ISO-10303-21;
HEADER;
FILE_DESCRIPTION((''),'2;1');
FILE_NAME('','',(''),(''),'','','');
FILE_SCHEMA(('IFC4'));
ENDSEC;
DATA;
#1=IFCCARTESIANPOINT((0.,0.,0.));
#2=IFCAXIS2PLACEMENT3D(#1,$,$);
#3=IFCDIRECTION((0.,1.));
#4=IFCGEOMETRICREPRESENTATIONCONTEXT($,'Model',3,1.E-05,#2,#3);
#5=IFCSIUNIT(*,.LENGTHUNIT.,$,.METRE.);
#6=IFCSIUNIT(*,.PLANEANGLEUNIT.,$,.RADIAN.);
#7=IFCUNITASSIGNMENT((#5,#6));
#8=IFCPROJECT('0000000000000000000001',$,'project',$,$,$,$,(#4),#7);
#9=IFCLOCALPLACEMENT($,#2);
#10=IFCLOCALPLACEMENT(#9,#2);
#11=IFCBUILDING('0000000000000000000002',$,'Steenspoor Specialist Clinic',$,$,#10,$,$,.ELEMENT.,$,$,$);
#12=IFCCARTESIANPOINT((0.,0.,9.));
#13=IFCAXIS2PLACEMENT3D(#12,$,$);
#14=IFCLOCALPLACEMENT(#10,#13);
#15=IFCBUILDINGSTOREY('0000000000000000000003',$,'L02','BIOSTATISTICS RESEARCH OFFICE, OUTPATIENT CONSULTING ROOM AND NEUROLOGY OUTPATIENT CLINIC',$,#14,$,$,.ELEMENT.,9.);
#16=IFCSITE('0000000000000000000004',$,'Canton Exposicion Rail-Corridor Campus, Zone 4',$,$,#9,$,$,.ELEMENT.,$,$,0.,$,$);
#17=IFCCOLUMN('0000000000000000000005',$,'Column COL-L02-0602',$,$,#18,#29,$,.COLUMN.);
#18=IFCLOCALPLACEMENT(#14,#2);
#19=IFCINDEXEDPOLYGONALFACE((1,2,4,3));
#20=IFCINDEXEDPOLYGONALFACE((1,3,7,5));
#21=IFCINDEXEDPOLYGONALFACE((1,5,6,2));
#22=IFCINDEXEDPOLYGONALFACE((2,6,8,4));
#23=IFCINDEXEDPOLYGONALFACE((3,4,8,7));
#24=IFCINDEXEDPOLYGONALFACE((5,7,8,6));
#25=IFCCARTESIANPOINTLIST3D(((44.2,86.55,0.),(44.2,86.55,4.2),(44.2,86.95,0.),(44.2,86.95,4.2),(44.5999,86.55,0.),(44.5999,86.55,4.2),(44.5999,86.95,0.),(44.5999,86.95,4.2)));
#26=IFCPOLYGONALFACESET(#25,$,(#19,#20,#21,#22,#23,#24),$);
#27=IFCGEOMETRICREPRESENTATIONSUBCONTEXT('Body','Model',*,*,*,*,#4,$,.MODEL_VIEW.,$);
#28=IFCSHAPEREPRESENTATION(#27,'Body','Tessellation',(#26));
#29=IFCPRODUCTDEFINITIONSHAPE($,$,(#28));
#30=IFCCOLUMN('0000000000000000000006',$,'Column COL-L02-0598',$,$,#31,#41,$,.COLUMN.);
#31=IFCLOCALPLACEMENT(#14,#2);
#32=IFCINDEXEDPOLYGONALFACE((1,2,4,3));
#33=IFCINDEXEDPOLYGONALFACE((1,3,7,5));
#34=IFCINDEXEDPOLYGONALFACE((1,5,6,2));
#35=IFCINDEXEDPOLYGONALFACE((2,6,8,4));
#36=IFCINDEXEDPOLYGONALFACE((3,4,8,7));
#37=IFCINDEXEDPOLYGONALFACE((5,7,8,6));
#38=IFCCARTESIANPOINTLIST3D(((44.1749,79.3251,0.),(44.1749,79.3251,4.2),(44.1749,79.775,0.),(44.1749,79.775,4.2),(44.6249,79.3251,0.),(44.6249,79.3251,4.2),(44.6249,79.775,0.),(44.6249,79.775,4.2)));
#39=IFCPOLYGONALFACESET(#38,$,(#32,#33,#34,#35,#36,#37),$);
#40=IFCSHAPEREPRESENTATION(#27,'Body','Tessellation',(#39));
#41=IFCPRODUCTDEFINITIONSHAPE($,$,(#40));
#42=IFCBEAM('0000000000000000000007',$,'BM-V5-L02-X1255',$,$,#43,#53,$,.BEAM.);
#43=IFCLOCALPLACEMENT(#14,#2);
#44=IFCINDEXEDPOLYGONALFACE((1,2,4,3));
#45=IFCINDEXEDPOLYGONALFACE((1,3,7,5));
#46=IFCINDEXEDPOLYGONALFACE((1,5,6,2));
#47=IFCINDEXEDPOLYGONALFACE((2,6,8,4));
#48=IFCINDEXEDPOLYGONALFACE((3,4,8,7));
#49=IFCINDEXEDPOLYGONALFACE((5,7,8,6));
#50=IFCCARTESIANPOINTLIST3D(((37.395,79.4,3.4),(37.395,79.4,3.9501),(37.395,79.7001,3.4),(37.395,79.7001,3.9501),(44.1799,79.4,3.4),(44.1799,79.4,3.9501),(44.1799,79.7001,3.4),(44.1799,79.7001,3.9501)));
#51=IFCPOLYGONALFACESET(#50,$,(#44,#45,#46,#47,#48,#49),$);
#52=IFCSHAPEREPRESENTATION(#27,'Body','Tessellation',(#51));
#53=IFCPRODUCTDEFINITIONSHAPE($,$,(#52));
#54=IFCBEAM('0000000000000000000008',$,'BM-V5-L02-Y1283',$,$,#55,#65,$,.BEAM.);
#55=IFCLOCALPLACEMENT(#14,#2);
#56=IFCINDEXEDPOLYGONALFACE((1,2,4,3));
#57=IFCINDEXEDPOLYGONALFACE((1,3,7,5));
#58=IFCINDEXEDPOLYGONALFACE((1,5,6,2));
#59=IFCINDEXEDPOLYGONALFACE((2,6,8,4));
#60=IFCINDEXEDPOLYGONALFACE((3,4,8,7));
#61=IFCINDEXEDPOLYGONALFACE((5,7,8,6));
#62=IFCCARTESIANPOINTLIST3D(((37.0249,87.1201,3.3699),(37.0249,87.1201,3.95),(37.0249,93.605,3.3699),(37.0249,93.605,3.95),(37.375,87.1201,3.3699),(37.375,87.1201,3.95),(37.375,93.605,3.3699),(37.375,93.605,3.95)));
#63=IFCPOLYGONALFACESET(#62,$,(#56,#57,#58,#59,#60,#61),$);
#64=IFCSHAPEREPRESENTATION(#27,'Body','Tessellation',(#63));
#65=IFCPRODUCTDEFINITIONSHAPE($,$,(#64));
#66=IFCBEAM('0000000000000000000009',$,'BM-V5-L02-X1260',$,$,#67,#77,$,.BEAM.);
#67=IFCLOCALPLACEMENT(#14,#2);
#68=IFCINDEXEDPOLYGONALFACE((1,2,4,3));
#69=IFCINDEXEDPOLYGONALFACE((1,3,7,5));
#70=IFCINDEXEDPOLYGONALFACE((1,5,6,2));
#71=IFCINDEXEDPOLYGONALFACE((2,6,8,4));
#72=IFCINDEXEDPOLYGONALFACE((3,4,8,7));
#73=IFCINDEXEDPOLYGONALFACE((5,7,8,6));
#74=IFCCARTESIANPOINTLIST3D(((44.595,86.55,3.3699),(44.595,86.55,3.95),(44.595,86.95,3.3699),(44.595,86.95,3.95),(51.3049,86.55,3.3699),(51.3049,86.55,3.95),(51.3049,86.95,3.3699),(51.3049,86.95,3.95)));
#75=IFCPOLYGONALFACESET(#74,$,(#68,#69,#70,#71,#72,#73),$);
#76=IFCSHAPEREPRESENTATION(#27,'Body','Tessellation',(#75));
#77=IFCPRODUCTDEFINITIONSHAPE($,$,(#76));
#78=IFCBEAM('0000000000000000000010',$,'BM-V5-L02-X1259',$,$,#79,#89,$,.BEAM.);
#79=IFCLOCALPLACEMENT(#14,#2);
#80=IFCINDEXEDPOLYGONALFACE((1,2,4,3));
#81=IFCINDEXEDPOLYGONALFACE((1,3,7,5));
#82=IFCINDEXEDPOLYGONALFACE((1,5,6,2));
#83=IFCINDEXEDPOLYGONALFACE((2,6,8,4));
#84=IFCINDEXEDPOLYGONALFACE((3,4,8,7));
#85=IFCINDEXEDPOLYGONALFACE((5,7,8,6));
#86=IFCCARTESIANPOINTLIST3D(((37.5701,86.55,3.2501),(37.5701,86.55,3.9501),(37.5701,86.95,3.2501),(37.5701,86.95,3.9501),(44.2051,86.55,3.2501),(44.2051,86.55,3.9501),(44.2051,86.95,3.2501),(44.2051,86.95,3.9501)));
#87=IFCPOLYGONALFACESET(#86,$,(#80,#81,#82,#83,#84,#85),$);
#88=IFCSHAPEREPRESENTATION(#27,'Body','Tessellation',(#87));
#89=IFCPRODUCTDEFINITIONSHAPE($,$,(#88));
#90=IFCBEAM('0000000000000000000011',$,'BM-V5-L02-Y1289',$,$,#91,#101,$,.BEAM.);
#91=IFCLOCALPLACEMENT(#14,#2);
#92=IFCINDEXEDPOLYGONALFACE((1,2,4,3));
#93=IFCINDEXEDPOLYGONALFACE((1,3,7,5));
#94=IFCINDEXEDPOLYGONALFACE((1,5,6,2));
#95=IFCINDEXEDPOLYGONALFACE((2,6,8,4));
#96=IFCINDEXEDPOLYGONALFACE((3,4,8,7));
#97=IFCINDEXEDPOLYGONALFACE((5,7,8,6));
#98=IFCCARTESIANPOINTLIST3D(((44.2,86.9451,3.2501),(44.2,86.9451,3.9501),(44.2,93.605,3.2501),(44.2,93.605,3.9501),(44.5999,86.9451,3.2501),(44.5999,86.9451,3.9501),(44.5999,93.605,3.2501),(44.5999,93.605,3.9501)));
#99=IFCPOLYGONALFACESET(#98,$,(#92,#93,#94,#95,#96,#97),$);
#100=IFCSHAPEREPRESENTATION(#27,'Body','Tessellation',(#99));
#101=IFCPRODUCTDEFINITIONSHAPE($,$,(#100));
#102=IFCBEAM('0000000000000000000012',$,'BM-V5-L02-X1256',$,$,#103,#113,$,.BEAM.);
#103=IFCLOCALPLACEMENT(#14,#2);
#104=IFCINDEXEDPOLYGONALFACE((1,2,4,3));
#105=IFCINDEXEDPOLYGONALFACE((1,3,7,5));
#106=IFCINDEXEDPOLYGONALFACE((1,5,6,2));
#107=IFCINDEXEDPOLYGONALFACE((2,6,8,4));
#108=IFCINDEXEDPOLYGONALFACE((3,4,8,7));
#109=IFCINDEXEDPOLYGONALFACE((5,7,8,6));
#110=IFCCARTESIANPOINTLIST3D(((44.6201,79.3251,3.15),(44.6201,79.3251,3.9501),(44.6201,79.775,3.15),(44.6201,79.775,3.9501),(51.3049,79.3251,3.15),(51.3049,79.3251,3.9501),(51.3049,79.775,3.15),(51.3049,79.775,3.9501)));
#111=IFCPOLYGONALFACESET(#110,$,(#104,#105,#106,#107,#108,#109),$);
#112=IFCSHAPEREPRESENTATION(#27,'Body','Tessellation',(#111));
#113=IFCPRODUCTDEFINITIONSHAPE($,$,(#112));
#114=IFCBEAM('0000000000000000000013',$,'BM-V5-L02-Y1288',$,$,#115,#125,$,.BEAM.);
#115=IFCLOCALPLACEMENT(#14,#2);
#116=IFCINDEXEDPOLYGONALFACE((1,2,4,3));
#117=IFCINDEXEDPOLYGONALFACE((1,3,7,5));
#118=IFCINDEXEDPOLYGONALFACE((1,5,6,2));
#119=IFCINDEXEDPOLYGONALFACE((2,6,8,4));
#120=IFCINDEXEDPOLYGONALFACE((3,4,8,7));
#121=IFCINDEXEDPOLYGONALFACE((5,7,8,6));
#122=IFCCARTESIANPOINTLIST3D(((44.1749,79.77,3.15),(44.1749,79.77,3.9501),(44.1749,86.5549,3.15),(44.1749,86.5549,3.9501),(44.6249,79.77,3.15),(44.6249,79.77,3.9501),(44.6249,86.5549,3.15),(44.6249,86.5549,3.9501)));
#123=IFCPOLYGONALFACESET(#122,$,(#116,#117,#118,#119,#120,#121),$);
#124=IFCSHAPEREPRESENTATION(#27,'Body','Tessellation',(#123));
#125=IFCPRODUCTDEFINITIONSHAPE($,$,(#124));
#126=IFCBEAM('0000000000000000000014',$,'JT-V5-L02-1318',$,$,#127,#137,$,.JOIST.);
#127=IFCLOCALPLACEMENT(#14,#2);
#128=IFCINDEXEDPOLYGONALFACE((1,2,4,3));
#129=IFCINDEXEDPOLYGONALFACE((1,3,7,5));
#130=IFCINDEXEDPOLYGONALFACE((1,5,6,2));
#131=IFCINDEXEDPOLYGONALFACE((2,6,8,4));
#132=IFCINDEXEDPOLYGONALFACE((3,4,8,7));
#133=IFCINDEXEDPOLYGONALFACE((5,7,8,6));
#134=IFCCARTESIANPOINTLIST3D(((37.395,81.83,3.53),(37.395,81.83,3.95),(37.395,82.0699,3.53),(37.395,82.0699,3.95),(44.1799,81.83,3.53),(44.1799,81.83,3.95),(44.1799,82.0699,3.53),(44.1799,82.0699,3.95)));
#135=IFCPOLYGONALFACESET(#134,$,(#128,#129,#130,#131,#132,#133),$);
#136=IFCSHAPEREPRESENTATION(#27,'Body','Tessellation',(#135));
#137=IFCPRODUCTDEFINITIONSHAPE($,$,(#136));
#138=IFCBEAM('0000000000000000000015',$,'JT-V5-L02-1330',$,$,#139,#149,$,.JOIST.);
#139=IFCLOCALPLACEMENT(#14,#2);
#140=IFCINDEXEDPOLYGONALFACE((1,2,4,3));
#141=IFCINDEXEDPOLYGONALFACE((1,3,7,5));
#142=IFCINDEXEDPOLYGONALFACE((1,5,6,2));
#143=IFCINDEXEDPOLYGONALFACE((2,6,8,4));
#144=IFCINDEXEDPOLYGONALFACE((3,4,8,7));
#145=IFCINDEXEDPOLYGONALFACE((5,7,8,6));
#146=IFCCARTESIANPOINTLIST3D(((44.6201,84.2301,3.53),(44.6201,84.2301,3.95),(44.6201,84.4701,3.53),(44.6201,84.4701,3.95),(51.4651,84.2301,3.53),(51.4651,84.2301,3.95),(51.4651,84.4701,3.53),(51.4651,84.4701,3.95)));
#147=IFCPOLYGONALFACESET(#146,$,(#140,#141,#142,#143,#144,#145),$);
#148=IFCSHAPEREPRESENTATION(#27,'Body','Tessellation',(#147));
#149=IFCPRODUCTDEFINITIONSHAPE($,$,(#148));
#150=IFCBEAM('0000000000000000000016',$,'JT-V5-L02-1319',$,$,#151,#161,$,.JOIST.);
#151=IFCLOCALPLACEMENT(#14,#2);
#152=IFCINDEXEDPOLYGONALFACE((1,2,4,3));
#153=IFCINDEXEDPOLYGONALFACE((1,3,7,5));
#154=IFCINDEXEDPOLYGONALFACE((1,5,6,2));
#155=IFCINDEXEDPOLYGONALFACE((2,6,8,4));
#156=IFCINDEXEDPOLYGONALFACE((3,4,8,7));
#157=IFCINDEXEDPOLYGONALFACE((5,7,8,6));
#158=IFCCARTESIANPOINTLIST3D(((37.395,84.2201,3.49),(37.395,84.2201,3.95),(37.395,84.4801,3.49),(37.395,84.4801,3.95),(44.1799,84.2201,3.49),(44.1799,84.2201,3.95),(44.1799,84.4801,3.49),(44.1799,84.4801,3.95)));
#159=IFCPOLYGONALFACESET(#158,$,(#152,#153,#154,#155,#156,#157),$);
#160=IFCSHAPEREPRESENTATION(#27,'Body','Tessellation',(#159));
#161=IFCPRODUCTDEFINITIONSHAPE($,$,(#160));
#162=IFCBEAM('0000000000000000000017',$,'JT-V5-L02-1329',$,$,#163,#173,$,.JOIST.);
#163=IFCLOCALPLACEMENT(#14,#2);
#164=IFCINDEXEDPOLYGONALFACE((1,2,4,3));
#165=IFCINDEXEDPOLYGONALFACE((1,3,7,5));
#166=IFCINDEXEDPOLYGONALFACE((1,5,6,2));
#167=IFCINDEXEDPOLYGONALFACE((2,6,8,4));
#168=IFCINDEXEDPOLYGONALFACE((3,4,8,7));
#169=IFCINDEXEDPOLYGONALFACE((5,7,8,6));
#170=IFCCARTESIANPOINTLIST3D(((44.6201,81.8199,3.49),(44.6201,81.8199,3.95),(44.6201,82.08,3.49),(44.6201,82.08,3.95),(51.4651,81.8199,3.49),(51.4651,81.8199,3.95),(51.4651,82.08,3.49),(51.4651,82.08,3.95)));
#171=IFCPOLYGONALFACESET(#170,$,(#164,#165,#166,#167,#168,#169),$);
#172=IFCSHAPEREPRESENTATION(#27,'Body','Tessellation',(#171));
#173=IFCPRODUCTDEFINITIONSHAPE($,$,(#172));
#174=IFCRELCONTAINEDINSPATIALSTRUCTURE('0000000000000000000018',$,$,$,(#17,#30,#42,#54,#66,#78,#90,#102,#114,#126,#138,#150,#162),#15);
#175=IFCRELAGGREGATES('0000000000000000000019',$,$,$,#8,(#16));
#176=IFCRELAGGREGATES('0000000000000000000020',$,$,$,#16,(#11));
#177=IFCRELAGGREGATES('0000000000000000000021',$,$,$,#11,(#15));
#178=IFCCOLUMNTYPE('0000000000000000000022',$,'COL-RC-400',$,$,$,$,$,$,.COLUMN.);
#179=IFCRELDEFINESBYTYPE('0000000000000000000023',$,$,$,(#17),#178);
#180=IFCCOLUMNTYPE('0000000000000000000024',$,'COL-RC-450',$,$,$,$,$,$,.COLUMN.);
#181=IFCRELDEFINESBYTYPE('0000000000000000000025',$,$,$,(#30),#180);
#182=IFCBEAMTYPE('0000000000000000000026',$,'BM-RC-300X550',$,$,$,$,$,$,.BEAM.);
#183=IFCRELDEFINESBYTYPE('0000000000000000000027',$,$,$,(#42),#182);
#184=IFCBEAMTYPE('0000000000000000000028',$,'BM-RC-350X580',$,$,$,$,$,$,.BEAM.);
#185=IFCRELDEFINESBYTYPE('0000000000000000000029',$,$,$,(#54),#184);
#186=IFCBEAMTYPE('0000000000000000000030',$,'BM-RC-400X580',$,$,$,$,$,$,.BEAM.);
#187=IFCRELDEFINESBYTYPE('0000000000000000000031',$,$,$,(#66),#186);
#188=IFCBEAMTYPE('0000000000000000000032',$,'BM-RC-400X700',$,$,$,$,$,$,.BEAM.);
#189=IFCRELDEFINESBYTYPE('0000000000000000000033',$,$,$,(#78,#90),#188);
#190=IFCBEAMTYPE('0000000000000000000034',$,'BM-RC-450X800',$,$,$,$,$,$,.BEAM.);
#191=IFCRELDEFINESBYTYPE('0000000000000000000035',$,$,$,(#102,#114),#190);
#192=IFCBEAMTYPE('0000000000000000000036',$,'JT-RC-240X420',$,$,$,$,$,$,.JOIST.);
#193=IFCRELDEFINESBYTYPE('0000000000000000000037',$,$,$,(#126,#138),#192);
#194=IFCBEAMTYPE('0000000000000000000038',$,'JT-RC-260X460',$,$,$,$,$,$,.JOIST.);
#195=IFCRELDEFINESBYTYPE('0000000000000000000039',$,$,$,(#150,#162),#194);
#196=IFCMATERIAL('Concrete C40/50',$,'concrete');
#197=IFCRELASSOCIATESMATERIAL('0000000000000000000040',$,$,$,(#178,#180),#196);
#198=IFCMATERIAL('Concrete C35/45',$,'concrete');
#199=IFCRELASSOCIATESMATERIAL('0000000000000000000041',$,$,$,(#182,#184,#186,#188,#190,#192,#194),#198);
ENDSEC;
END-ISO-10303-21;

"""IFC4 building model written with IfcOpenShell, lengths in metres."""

from ifc_helpers import new_model, si_unit, direction, frame, origin, origin_2d, place, context, subcontext, project, spatial, rectangle, extrude, material, material_profile, profile_set, type_object, element, save


model = new_model("IFC4")

# Units and contexts
model_context = context("Model", 3, precision=1e-05, world=origin(), true_north=direction((0.0, 1.0)))
body_context = subcontext(model_context, "Body", "Model", "MODEL_VIEW")
ifc_project = project(units=[si_unit("LENGTHUNIT", "METRE"), si_unit("PLANEANGLEUNIT", "RADIAN")], contexts=[model_context])

# Site, building, storey
site_placement = place(None, origin())
site = spatial("IfcSite", under=ifc_project, at=site_placement, Name="Canton Exposicion Rail-Corridor Campus, Zone 4", CompositionType="ELEMENT", RefElevation=0.0)
building_placement = place(site_placement, origin())
building = spatial("IfcBuilding", under=site, at=building_placement, Name="Steenspoor Specialist Clinic", CompositionType="ELEMENT")
storey_placement = place(building_placement, frame((0.0, 0.0, 9.0)))
storey = spatial("IfcBuildingStorey", under=building, at=storey_placement, Name="L02", Description="BIOSTATISTICS RESEARCH OFFICE, OUTPATIENT CONSULTING ROOM AND NEUROLOGY OUTPATIENT CLINIC", CompositionType="ELEMENT", Elevation=9.0)

# Columns
ifc_material_1 = material(Name="Concrete C40/50", Category="concrete")
ifc_material_profile_1 = material_profile(ifc_material_1, rectangle(XDim=0.3999, YDim=0.3999, at=origin_2d()), Name="RC-COL-400X400")
ifc_profile_set_1 = profile_set([ifc_material_profile_1], Name="Concrete C40/50")
column_type_1 = type_object("IfcColumnType", Name="COL-RC-400", PredefinedType="COLUMN", material=ifc_profile_set_1)
column_1_placement = place(storey_placement, frame((44.3999, 86.75, 0.0), z_axis=(0.0, 0.0, 1.0), x_axis=(1.0, 0.0, 0.0)))
element("IfcColumn", 1, at=column_1_placement, inside=storey, type_object=column_type_1, Name="Column COL-L02-0602", PredefinedType="COLUMN", context=body_context, shape_type="SweptSolid", body=[
    extrude(rectangle(XDim=0.3999, YDim=0.3999, at=origin_2d()), origin(), (0.0, 0.0, 1.0), 4.2),
])
ifc_material_profile_2 = material_profile(ifc_material_1, rectangle(XDim=0.45, YDim=0.45, at=origin_2d()), Name="RC-COL-450X450")
ifc_profile_set_2 = profile_set([ifc_material_profile_2], Name="Concrete C40/50")
column_type_2 = type_object("IfcColumnType", Name="COL-RC-450", PredefinedType="COLUMN", material=ifc_profile_set_2)
column_2_placement = place(storey_placement, frame((44.3999, 79.55, 0.0), z_axis=(0.0, 0.0, 1.0), x_axis=(1.0, 0.0, 0.0)))
element("IfcColumn", 2, at=column_2_placement, inside=storey, type_object=column_type_2, Name="Column COL-L02-0598", PredefinedType="COLUMN", context=body_context, shape_type="SweptSolid", body=[
    extrude(rectangle(XDim=0.45, YDim=0.45, at=origin_2d()), origin(), (0.0, 0.0, 1.0), 4.2),
])

# Beams
ifc_material_2 = material(Name="Concrete C35/45", Category="concrete")
ifc_material_profile_3 = material_profile(ifc_material_2, rectangle(XDim=0.3, YDim=0.55, at=origin_2d()), Name="RC-BM-300X550")
ifc_profile_set_3 = profile_set([ifc_material_profile_3], Name="Concrete C35/45")
beam_type_1 = type_object("IfcBeamType", Name="BM-RC-300X550", PredefinedType="BEAM", material=ifc_profile_set_3)
beam_1_placement = place(storey_placement, frame((37.395, 79.55, 3.675), z_axis=(1.0, 0.0, 0.0), x_axis=(0.0, 1.0, 0.0)))
element("IfcBeam", 3, at=beam_1_placement, inside=storey, type_object=beam_type_1, Name="BM-V5-L02-X1255", PredefinedType="BEAM", context=body_context, shape_type="SweptSolid", body=[
    extrude(rectangle(XDim=0.3, YDim=0.55, at=origin_2d()), origin(), (0.0, 0.0, 1.0), 6.7849),
])
ifc_material_profile_4 = material_profile(ifc_material_2, rectangle(XDim=0.3501, YDim=0.5801, at=origin_2d()), Name="RC-BM-350X580")
ifc_profile_set_4 = profile_set([ifc_material_profile_4], Name="Concrete C35/45")
beam_type_2 = type_object("IfcBeamType", Name="BM-RC-350X580", PredefinedType="BEAM", material=ifc_profile_set_4)
beam_2_placement = place(storey_placement, frame((37.2, 87.1201, 3.6599), z_axis=(0.0, 1.0, 0.0), x_axis=(-1.0, 0.0, 0.0)))
element("IfcBeam", 4, at=beam_2_placement, inside=storey, type_object=beam_type_2, Name="BM-V5-L02-Y1283", PredefinedType="BEAM", context=body_context, shape_type="SweptSolid", body=[
    extrude(rectangle(XDim=0.3501, YDim=0.5801, at=origin_2d()), origin(), (0.0, 0.0, 1.0), 6.4849),
])
ifc_material_profile_5 = material_profile(ifc_material_2, rectangle(XDim=0.3999, YDim=0.5801, at=origin_2d()), Name="RC-BM-400X580")
ifc_profile_set_5 = profile_set([ifc_material_profile_5], Name="Concrete C35/45")
beam_type_3 = type_object("IfcBeamType", Name="BM-RC-400X580", PredefinedType="BEAM", material=ifc_profile_set_5)
beam_3_placement = place(storey_placement, frame((44.595, 86.75, 3.6599), z_axis=(1.0, 0.0, 0.0), x_axis=(0.0, 1.0, 0.0)))
element("IfcBeam", 5, at=beam_3_placement, inside=storey, type_object=beam_type_3, Name="BM-V5-L02-X1260", PredefinedType="BEAM", context=body_context, shape_type="SweptSolid", body=[
    extrude(rectangle(XDim=0.3999, YDim=0.5801, at=origin_2d()), origin(), (0.0, 0.0, 1.0), 6.71),
])
ifc_material_profile_6 = material_profile(ifc_material_2, rectangle(XDim=0.3999, YDim=0.7, at=origin_2d()), Name="RC-BM-400X700")
ifc_profile_set_6 = profile_set([ifc_material_profile_6], Name="Concrete C35/45")
beam_type_4 = type_object("IfcBeamType", Name="BM-RC-400X700", PredefinedType="BEAM", material=ifc_profile_set_6)
beam_4_placement = place(storey_placement, frame((37.5701, 86.75, 3.6001), z_axis=(1.0, 0.0, 0.0), x_axis=(0.0, 1.0, 0.0)))
element("IfcBeam", 6, at=beam_4_placement, inside=storey, type_object=beam_type_4, Name="BM-V5-L02-X1259", PredefinedType="BEAM", context=body_context, shape_type="SweptSolid", body=[
    extrude(rectangle(XDim=0.3999, YDim=0.7, at=origin_2d()), origin(), (0.0, 0.0, 1.0), 6.635),
])
beam_5_placement = place(storey_placement, frame((44.3999, 86.9451, 3.6001), z_axis=(0.0, 1.0, 0.0), x_axis=(-1.0, 0.0, 0.0)))
element("IfcBeam", 7, at=beam_5_placement, inside=storey, type_object=beam_type_4, Name="BM-V5-L02-Y1289", PredefinedType="BEAM", context=body_context, shape_type="SweptSolid", body=[
    extrude(rectangle(XDim=0.3999, YDim=0.7, at=origin_2d()), origin(), (0.0, 0.0, 1.0), 6.6599),
])
ifc_material_profile_7 = material_profile(ifc_material_2, rectangle(XDim=0.45, YDim=0.8, at=origin_2d()), Name="RC-BM-450X800")
ifc_profile_set_7 = profile_set([ifc_material_profile_7], Name="Concrete C35/45")
beam_type_5 = type_object("IfcBeamType", Name="BM-RC-450X800", PredefinedType="BEAM", material=ifc_profile_set_7)
beam_6_placement = place(storey_placement, frame((44.6201, 79.55, 3.55), z_axis=(1.0, 0.0, 0.0), x_axis=(0.0, 1.0, 0.0)))
element("IfcBeam", 8, at=beam_6_placement, inside=storey, type_object=beam_type_5, Name="BM-V5-L02-X1256", PredefinedType="BEAM", context=body_context, shape_type="SweptSolid", body=[
    extrude(rectangle(XDim=0.45, YDim=0.8, at=origin_2d()), origin(), (0.0, 0.0, 1.0), 6.6848),
])
beam_7_placement = place(storey_placement, frame((44.3999, 79.77, 3.55), z_axis=(0.0, 1.0, 0.0), x_axis=(-1.0, 0.0, 0.0)))
element("IfcBeam", 9, at=beam_7_placement, inside=storey, type_object=beam_type_5, Name="BM-V5-L02-Y1288", PredefinedType="BEAM", context=body_context, shape_type="SweptSolid", body=[
    extrude(rectangle(XDim=0.45, YDim=0.8, at=origin_2d()), origin(), (0.0, 0.0, 1.0), 6.7849),
])
ifc_material_profile_8 = material_profile(ifc_material_2, rectangle(XDim=0.24, YDim=0.4199, at=origin_2d()), Name="RC-JT-240X420")
ifc_profile_set_8 = profile_set([ifc_material_profile_8], Name="Concrete C35/45")
beam_type_6 = type_object("IfcBeamType", Name="JT-RC-240X420", PredefinedType="JOIST", material=ifc_profile_set_8)
beam_8_placement = place(storey_placement, frame((37.395, 81.95, 3.74), z_axis=(1.0, 0.0, 0.0), x_axis=(0.0, 1.0, 0.0)))
element("IfcBeam", 10, at=beam_8_placement, inside=storey, type_object=beam_type_6, Name="JT-V5-L02-1318", PredefinedType="JOIST", context=body_context, shape_type="SweptSolid", body=[
    extrude(rectangle(XDim=0.24, YDim=0.4199, at=origin_2d()), origin(), (0.0, 0.0, 1.0), 6.7849),
])
beam_9_placement = place(storey_placement, frame((44.6201, 84.3501, 3.74), z_axis=(1.0, 0.0, 0.0), x_axis=(0.0, 1.0, 0.0)))
element("IfcBeam", 11, at=beam_9_placement, inside=storey, type_object=beam_type_6, Name="JT-V5-L02-1330", PredefinedType="JOIST", context=body_context, shape_type="SweptSolid", body=[
    extrude(rectangle(XDim=0.24, YDim=0.4199, at=origin_2d()), origin(), (0.0, 0.0, 1.0), 6.845),
])
ifc_material_profile_9 = material_profile(ifc_material_2, rectangle(XDim=0.26, YDim=0.46, at=origin_2d()), Name="RC-JT-260X460")
ifc_profile_set_9 = profile_set([ifc_material_profile_9], Name="Concrete C35/45")
beam_type_7 = type_object("IfcBeamType", Name="JT-RC-260X460", PredefinedType="JOIST", material=ifc_profile_set_9)
beam_10_placement = place(storey_placement, frame((37.395, 84.3501, 3.72), z_axis=(1.0, 0.0, 0.0), x_axis=(0.0, 1.0, 0.0)))
element("IfcBeam", 12, at=beam_10_placement, inside=storey, type_object=beam_type_7, Name="JT-V5-L02-1319", PredefinedType="JOIST", context=body_context, shape_type="SweptSolid", body=[
    extrude(rectangle(XDim=0.26, YDim=0.46, at=origin_2d()), origin(), (0.0, 0.0, 1.0), 6.7849),
])
beam_11_placement = place(storey_placement, frame((44.6201, 81.95, 3.72), z_axis=(1.0, 0.0, 0.0), x_axis=(0.0, 1.0, 0.0)))
element("IfcBeam", 13, at=beam_11_placement, inside=storey, type_object=beam_type_7, Name="JT-V5-L02-1329", PredefinedType="JOIST", context=body_context, shape_type="SweptSolid", body=[
    extrude(rectangle(XDim=0.26, YDim=0.46, at=origin_2d()), origin(), (0.0, 0.0, 1.0), 6.845),
])

save(model, "model.ifc")
